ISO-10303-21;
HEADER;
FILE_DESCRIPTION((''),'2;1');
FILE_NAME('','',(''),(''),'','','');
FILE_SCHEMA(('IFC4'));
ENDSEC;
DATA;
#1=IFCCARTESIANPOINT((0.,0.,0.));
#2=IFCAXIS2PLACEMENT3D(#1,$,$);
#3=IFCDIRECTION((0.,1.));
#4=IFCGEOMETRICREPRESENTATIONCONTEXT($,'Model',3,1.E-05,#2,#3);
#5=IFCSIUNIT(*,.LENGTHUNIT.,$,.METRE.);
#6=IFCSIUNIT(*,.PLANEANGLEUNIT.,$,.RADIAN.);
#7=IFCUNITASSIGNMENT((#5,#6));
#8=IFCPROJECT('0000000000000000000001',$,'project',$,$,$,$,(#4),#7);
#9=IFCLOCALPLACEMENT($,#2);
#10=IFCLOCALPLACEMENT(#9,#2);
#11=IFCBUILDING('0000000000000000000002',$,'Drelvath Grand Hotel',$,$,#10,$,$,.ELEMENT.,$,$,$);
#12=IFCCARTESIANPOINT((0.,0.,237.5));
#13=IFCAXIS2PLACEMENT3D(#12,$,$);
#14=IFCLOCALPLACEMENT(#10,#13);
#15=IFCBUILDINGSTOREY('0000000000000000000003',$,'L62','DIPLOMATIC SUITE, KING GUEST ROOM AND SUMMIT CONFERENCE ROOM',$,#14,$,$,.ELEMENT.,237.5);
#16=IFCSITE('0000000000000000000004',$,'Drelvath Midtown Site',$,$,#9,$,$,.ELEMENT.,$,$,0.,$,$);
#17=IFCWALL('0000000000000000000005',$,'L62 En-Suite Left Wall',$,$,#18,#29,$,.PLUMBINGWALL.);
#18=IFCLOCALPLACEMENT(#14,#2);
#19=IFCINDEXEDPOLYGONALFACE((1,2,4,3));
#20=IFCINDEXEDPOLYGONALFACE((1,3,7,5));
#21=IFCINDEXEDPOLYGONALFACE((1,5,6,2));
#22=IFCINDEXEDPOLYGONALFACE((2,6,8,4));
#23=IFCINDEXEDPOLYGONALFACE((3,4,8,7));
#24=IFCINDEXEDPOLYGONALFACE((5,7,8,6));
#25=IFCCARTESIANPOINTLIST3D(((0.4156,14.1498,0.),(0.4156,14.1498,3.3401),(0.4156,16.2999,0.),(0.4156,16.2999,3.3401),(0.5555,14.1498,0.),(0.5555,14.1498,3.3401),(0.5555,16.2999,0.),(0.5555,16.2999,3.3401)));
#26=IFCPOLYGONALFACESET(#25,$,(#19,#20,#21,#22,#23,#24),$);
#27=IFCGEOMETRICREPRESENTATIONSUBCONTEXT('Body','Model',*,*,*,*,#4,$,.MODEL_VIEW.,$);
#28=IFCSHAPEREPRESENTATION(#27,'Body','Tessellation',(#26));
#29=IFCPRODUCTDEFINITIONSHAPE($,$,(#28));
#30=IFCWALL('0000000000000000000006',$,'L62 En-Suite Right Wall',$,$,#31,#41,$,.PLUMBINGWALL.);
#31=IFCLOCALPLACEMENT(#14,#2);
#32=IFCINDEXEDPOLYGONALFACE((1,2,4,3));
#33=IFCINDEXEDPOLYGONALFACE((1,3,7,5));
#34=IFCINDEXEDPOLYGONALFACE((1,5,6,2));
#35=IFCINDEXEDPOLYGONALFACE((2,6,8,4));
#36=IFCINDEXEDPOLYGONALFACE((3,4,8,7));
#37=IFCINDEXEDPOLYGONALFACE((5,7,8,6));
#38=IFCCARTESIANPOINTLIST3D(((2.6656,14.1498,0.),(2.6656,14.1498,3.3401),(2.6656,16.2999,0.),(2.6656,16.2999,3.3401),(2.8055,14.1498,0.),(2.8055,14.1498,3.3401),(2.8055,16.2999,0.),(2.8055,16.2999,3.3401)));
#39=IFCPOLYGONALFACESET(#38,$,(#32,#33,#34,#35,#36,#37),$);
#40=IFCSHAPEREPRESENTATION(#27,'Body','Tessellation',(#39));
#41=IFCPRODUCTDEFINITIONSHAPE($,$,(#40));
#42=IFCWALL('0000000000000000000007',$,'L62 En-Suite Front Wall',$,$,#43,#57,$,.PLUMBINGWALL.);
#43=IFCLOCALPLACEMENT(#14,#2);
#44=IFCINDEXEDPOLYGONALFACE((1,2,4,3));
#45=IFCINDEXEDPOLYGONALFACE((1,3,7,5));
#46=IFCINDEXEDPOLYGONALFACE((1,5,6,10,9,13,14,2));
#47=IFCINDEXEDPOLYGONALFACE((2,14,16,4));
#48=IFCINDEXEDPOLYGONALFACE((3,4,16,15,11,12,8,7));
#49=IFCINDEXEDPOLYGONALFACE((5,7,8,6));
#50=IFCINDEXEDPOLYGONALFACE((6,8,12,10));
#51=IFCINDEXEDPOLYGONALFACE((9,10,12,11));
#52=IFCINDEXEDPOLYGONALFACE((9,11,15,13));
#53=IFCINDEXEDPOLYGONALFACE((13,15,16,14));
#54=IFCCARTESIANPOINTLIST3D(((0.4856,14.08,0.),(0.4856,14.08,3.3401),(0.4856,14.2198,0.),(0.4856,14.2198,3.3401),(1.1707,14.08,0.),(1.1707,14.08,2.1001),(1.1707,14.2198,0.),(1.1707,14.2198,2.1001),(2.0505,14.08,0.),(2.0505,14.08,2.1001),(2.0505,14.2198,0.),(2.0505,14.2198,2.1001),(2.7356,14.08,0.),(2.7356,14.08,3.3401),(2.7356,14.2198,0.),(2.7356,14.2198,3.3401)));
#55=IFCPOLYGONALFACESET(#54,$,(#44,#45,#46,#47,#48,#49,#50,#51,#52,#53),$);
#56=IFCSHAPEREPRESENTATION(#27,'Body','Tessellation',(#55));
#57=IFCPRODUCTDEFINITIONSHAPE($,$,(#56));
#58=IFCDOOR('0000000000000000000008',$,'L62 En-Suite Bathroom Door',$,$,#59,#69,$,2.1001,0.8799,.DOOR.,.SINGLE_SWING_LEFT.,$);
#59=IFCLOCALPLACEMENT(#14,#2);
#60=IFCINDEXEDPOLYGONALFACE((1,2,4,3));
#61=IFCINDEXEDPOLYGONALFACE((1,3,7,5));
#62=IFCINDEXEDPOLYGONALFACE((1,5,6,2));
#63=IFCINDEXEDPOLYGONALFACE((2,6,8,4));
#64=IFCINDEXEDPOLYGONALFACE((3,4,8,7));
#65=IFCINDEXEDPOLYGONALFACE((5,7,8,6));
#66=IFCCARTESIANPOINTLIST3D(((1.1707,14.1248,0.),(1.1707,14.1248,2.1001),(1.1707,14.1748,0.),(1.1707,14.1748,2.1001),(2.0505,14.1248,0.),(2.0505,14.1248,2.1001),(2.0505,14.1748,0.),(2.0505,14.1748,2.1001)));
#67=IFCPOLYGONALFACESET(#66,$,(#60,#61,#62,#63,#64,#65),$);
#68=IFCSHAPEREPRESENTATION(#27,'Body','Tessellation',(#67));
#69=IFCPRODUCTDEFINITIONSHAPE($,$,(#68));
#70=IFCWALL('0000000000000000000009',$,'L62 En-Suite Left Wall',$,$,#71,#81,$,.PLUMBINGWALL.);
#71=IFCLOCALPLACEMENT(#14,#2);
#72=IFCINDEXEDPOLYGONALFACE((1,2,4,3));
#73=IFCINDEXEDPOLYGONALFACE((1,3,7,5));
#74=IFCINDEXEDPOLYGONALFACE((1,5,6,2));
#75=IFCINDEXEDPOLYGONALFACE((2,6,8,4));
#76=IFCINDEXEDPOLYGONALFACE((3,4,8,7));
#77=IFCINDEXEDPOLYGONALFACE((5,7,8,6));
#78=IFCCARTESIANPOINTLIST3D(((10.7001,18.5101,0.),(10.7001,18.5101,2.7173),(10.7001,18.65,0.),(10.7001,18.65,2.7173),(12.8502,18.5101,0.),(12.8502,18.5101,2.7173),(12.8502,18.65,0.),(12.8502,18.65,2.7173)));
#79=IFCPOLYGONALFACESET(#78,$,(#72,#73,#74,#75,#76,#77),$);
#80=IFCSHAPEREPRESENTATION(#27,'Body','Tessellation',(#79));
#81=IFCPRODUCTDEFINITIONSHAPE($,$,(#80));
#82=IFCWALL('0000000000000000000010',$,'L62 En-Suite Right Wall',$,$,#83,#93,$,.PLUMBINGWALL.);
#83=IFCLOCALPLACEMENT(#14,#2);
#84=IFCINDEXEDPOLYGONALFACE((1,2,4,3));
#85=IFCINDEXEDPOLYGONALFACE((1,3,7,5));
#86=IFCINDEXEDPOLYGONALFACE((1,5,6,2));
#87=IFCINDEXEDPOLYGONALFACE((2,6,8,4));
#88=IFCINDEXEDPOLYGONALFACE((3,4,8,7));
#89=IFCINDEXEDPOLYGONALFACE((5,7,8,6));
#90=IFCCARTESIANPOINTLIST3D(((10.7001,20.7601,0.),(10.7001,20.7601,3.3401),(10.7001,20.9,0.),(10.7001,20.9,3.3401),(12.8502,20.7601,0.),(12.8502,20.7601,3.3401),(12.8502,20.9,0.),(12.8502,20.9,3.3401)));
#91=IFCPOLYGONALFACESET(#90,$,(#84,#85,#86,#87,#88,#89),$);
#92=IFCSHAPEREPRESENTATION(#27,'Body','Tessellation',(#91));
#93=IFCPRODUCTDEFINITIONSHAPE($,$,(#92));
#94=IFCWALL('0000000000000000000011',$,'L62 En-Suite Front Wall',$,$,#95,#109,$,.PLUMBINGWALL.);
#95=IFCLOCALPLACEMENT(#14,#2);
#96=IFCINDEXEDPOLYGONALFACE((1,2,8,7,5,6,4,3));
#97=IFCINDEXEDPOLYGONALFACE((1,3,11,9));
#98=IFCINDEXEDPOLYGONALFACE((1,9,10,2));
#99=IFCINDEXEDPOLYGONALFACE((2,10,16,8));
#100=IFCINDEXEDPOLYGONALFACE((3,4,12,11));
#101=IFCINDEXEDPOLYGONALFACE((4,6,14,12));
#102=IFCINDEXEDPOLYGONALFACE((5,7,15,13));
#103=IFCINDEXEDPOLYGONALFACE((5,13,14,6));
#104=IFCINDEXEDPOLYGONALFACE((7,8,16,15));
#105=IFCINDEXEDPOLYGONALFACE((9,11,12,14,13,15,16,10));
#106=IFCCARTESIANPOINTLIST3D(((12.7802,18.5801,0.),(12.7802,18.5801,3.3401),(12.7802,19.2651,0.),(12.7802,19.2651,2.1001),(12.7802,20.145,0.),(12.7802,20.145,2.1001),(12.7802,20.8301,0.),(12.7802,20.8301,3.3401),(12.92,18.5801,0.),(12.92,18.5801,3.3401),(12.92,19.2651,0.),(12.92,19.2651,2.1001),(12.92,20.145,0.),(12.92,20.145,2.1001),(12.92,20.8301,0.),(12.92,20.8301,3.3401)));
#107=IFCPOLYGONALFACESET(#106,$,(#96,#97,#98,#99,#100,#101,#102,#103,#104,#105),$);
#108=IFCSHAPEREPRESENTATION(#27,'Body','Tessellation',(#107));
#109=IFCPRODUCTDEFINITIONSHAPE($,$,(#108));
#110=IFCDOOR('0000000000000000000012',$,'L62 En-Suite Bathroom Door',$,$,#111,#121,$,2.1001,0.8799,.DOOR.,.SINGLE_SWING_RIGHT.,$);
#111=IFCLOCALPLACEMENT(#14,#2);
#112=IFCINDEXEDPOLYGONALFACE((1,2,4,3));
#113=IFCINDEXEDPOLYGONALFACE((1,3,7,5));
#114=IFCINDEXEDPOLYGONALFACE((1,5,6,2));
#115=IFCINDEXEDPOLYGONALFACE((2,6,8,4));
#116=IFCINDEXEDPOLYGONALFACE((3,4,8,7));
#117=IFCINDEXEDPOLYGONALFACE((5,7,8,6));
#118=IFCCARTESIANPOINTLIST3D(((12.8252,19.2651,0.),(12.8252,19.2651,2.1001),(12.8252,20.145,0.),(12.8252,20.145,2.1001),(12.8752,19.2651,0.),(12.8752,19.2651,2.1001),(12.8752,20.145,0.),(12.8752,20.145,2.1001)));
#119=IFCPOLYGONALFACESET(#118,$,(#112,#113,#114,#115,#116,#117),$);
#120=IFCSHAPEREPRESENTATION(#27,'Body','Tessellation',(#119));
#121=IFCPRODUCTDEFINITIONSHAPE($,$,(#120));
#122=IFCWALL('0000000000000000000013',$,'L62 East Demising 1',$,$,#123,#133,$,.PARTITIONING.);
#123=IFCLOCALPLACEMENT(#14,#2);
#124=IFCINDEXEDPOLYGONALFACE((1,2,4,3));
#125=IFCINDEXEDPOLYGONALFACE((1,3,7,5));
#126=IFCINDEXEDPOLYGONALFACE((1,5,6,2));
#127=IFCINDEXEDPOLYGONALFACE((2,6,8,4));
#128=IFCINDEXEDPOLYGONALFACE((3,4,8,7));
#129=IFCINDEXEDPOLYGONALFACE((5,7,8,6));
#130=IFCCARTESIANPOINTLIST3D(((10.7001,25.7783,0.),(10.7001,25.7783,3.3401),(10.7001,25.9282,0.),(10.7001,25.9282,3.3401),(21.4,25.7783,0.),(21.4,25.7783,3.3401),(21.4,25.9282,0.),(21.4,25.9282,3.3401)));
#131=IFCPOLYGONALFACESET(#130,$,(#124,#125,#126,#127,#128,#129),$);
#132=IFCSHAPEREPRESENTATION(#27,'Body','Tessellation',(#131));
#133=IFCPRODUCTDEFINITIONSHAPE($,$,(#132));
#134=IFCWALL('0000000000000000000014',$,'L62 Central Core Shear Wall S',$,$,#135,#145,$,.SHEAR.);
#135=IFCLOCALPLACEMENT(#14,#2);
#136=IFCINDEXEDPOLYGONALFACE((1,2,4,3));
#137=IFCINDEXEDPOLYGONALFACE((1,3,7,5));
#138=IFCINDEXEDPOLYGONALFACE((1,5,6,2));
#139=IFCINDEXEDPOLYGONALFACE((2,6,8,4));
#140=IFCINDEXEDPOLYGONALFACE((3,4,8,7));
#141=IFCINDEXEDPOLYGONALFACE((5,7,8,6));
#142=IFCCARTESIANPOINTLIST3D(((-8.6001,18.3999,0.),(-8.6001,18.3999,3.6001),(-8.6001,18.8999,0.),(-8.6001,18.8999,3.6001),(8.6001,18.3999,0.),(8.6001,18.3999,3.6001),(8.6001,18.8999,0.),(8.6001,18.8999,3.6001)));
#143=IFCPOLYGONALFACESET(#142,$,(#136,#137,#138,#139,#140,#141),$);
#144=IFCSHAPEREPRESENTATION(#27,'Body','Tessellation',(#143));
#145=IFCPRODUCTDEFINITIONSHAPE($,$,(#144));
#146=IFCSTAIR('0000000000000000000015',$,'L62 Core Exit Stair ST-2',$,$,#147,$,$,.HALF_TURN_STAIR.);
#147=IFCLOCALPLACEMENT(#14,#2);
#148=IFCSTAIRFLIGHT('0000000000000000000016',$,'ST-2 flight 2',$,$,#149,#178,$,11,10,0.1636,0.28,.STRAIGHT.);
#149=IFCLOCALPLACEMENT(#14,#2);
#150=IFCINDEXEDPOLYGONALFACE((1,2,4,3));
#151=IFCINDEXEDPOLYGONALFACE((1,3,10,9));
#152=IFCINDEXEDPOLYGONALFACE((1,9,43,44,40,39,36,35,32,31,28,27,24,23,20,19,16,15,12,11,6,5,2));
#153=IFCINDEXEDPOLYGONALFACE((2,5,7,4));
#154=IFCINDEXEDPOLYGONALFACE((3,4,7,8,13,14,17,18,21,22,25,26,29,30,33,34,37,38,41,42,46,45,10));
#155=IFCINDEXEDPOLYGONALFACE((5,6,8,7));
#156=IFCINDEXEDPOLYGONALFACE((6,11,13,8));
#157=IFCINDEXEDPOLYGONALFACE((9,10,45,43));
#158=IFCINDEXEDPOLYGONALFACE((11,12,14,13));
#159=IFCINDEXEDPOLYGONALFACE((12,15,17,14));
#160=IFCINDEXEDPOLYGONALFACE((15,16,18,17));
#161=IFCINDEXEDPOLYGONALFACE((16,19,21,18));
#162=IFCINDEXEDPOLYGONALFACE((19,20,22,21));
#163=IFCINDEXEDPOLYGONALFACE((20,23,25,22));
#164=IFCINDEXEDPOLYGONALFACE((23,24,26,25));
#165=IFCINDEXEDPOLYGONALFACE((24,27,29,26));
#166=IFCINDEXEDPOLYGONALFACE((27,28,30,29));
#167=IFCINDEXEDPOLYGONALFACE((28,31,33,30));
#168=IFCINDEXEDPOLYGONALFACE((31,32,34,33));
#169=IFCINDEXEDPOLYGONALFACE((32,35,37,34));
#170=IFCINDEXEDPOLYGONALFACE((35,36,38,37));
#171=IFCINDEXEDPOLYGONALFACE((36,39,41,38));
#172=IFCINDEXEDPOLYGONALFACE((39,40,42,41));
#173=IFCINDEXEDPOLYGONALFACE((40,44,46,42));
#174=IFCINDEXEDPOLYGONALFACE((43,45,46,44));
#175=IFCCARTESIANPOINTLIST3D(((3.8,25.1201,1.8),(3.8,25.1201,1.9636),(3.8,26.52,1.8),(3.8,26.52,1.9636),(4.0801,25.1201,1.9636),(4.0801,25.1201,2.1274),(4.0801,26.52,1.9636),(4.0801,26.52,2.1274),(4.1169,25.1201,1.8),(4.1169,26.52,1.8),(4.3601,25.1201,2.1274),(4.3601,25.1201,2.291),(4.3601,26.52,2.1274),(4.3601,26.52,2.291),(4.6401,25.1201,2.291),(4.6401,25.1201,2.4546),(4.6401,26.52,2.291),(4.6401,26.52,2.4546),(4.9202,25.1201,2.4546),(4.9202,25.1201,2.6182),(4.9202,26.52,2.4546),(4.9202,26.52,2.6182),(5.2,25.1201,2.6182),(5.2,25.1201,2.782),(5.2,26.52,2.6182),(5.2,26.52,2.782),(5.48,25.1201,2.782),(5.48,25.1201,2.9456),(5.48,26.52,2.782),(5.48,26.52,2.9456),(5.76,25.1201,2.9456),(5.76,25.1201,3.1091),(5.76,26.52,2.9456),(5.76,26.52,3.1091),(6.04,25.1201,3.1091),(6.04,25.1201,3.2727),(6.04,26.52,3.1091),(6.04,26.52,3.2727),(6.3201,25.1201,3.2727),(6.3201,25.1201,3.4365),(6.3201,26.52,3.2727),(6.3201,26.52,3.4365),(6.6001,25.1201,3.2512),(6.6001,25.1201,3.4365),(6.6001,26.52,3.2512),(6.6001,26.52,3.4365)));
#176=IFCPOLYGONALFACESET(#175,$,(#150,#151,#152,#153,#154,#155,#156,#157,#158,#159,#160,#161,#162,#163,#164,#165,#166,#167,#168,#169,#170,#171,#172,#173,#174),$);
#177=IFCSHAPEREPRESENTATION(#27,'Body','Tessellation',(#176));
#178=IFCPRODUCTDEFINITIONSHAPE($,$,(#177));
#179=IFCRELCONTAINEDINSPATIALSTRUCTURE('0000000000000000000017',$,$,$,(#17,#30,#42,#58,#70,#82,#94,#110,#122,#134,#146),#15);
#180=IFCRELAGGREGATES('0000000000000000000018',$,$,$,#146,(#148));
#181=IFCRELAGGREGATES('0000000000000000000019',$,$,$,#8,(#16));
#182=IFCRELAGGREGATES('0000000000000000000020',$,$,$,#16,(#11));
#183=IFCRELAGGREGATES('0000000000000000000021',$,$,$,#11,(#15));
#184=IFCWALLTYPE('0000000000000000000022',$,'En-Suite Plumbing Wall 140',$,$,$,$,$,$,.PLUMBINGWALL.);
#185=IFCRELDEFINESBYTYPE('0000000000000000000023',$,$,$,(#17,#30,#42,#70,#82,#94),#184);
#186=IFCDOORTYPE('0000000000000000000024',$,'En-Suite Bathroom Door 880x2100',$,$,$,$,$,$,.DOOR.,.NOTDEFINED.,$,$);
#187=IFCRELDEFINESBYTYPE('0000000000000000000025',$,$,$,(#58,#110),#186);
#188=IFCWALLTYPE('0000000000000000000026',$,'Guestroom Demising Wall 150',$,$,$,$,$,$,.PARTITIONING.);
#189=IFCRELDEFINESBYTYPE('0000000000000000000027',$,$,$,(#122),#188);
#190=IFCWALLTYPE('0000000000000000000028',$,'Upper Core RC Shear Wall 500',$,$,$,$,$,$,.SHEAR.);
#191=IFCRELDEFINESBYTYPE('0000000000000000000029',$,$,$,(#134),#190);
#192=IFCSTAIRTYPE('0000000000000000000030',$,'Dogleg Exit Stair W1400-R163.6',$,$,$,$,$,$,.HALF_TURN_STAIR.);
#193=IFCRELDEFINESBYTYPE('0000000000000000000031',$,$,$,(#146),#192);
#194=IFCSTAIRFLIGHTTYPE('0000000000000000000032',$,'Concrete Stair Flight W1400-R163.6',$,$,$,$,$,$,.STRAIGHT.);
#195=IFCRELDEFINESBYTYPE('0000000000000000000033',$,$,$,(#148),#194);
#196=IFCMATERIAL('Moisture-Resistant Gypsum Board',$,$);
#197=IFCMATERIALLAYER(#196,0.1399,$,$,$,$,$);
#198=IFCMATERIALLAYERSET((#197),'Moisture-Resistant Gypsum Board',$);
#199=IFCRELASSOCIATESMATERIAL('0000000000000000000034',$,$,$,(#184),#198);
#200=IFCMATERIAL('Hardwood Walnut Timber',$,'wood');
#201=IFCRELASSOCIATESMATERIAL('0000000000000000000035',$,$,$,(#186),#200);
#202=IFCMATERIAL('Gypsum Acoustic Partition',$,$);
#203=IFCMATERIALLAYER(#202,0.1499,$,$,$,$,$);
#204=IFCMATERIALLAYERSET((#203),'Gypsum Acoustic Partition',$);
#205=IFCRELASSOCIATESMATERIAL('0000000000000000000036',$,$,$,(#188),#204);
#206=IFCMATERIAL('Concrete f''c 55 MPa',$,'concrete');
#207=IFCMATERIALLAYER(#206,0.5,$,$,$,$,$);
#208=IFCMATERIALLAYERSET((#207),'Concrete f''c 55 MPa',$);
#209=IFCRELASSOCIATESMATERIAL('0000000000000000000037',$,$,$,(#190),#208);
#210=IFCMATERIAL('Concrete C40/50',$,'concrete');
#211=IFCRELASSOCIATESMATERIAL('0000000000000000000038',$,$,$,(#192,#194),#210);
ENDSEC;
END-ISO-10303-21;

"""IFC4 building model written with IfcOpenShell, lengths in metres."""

from ifc_helpers import new_model, si_unit, direction, frame, frame_2d, origin, place, context, subcontext, project, spatial, polyline, rectangle, outline, extrude, material, layer, layer_set, type_object, element, fill, aggregate, save


model = new_model("IFC4")

# Units and contexts
model_context = context("Model", 3, precision=1e-05, world=origin(), true_north=direction((0.0, 1.0)))
body_context = subcontext(model_context, "Body", "Model", "MODEL_VIEW")
ifc_project = project(units=[si_unit("LENGTHUNIT", "METRE"), si_unit("PLANEANGLEUNIT", "RADIAN")], contexts=[model_context])

# Site, building, storey
site_placement = place(None, origin())
site = spatial("IfcSite", under=ifc_project, at=site_placement, Name="Drelvath Midtown Site", CompositionType="ELEMENT", RefElevation=0.0)
building_placement = place(site_placement, origin())
building = spatial("IfcBuilding", under=site, at=building_placement, Name="Drelvath Grand Hotel", CompositionType="ELEMENT")
storey_placement = place(building_placement, frame((0.0, 0.0, 237.5)))
storey = spatial("IfcBuildingStorey", under=building, at=storey_placement, Name="L62", Description="DIPLOMATIC SUITE, KING GUEST ROOM AND SUMMIT CONFERENCE ROOM", CompositionType="ELEMENT", Elevation=237.5)

# Shared definitions
ifc_material_1 = material(Name="Concrete f'c 55 MPa", Category="concrete")

# Shared definitions
ifc_material_2 = material(Name="Concrete C40/50", Category="concrete")

# Shared definitions
ifc_material_3 = material(Name="Hardwood Walnut Timber", Category="wood")

# Walls
ifc_material_4 = material(Name="Moisture-Resistant Gypsum Board")
ifc_layer_1 = layer(ifc_material_4, 0.1399)
ifc_layer_set_1 = layer_set([ifc_layer_1], Name="Moisture-Resistant Gypsum Board")
wall_type_1 = type_object("IfcWallType", Name="En-Suite Plumbing Wall 140", PredefinedType="PLUMBINGWALL", material=ifc_layer_set_1)
for number, where, z_axis, x_axis, name in (
    (1, (0.4856, 16.3, 0.0), (0.0, 0.0, 1.0), (0.0, -1.0, 0.0), "L62 En-Suite Left Wall"),
    (2, (2.7356, 16.3, 0.0), (0.0, 0.0, 1.0), (0.0, -1.0, 0.0), "L62 En-Suite Right Wall"),
):
    element("IfcWall", number, at=place(storey_placement, frame(where, z_axis=z_axis, x_axis=x_axis)), inside=storey, type_object=wall_type_1, Name=name, PredefinedType="PLUMBINGWALL", context=body_context, shape_type="SweptSolid", body=[
        extrude(rectangle(XDim=2.1501, YDim=0.1399, at=frame_2d((1.0752, 0.0))), origin(), (0.0, 0.0, 1.0), 3.3401),
    ])

# Wall, opening, door
wall_1_placement = place(storey_placement, frame((0.4856, 14.1499, 0.0), z_axis=(0.0, 0.0, 1.0), x_axis=(1.0, 0.0, 0.0)))
wall_1 = element("IfcWall", 3, at=wall_1_placement, inside=storey, type_object=wall_type_1, Name="L62 En-Suite Front Wall", PredefinedType="PLUMBINGWALL", context=body_context, shape_type="SweptSolid", body=[
    extrude(rectangle(XDim=2.25, YDim=0.1399, at=frame_2d((1.125, 0.0))), origin(), (0.0, 0.0, 1.0), 3.3401),
])
opening_1_placement = place(wall_1_placement, frame((0.6851, 0.0, 0.0)))
opening_1 = element("IfcOpeningElement", 4, at=opening_1_placement, cuts=wall_1, PredefinedType="OPENING", context=body_context, shape_type="SweptSolid", body=[
    extrude(rectangle(XDim=0.8799, YDim=2.1001, at=frame_2d((0.4399, 1.05))), frame((0.0, 0.0798, 0.0), z_axis=(0.0, -1.0, 0.0), x_axis=(1.0, 0.0, 0.0)), (0.0, 0.0, 1.0), 0.1599),
])
door_type_1 = type_object("IfcDoorType", Name="En-Suite Bathroom Door 880x2100", OperationType="NOTDEFINED", PredefinedType="DOOR", material=ifc_material_3)
door_1_placement = place(opening_1_placement, origin())
door_1 = element("IfcDoor", 5, at=door_1_placement, inside=storey, type_object=door_type_1, Name="L62 En-Suite Bathroom Door", OperationType="SINGLE_SWING_LEFT", OverallHeight=2.1001, OverallWidth=0.8799, PredefinedType="DOOR", context=body_context, shape_type="SweptSolid", body=[
    extrude(rectangle(XDim=0.8799, YDim=2.1001, at=frame_2d((0.4399, 1.05))), frame((0.0, 0.0249, 0.0), z_axis=(0.0, -1.0, 0.0), x_axis=(1.0, 0.0, 0.0)), (0.0, 0.0, 1.0), 0.05),
])
fill(opening_1, door_1)

# Walls
wall_2_placement = place(storey_placement, frame((10.7, 18.5801, 0.0), z_axis=(0.0, 0.0, 1.0), x_axis=(1.0, 0.0, 0.0)))
element("IfcWall", 6, at=wall_2_placement, inside=storey, type_object=wall_type_1, Name="L62 En-Suite Left Wall", PredefinedType="PLUMBINGWALL", context=body_context, shape_type="SweptSolid", body=[
    extrude(rectangle(XDim=2.1501, YDim=0.1399, at=frame_2d((1.0752, 0.0))), origin(), (0.0, 0.0, 1.0), 2.7173),
])
wall_3_placement = place(storey_placement, frame((10.7, 20.8301, 0.0), z_axis=(0.0, 0.0, 1.0), x_axis=(1.0, 0.0, 0.0)))
element("IfcWall", 7, at=wall_3_placement, inside=storey, type_object=wall_type_1, Name="L62 En-Suite Right Wall", PredefinedType="PLUMBINGWALL", context=body_context, shape_type="SweptSolid", body=[
    extrude(rectangle(XDim=2.1501, YDim=0.1399, at=frame_2d((1.0752, 0.0))), origin(), (0.0, 0.0, 1.0), 3.3401),
])

# Wall, opening, door
wall_4_placement = place(storey_placement, frame((12.8501, 18.5801, 0.0), z_axis=(0.0, 0.0, 1.0), x_axis=(0.0, 1.0, 0.0)))
wall_4 = element("IfcWall", 8, at=wall_4_placement, inside=storey, type_object=wall_type_1, Name="L62 En-Suite Front Wall", PredefinedType="PLUMBINGWALL", context=body_context, shape_type="SweptSolid", body=[
    extrude(rectangle(XDim=2.25, YDim=0.1399, at=frame_2d((1.125, 0.0))), origin(), (0.0, 0.0, 1.0), 3.3401),
])
opening_2_placement = place(wall_4_placement, frame((0.6851, 0.0, 0.0)))
opening_2 = element("IfcOpeningElement", 9, at=opening_2_placement, cuts=wall_4, PredefinedType="OPENING", context=body_context, shape_type="SweptSolid", body=[
    extrude(rectangle(XDim=0.8799, YDim=2.1001, at=frame_2d((0.4399, 1.05))), frame((0.0, 0.0798, 0.0), z_axis=(0.0, -1.0, 0.0), x_axis=(1.0, 0.0, 0.0)), (0.0, 0.0, 1.0), 0.1599),
])
door_2_placement = place(opening_2_placement, origin())
door_2 = element("IfcDoor", 10, at=door_2_placement, inside=storey, type_object=door_type_1, Name="L62 En-Suite Bathroom Door", OperationType="SINGLE_SWING_RIGHT", OverallHeight=2.1001, OverallWidth=0.8799, PredefinedType="DOOR", context=body_context, shape_type="SweptSolid", body=[
    extrude(rectangle(XDim=0.8799, YDim=2.1001, at=frame_2d((0.4399, 1.05))), frame((0.0, 0.0249, 0.0), z_axis=(0.0, -1.0, 0.0), x_axis=(1.0, 0.0, 0.0)), (0.0, 0.0, 1.0), 0.05),
])
fill(opening_2, door_2)

# Walls
ifc_material_5 = material(Name="Gypsum Acoustic Partition")
ifc_layer_2 = layer(ifc_material_5, 0.1499)
ifc_layer_set_2 = layer_set([ifc_layer_2], Name="Gypsum Acoustic Partition")
wall_type_2 = type_object("IfcWallType", Name="Guestroom Demising Wall 150", PredefinedType="PARTITIONING", material=ifc_layer_set_2)
wall_5_placement = place(storey_placement, frame((10.7, 25.8533, 0.0), z_axis=(0.0, 0.0, 1.0), x_axis=(1.0, 0.0, 0.0)))
element("IfcWall", 11, at=wall_5_placement, inside=storey, type_object=wall_type_2, Name="L62 East Demising 1", PredefinedType="PARTITIONING", context=body_context, shape_type="SweptSolid", body=[
    extrude(rectangle(XDim=10.7, YDim=0.1499, at=frame_2d((5.3501, 0.0))), origin(), (0.0, 0.0, 1.0), 3.3401),
])
ifc_layer_3 = layer(ifc_material_1, 0.5)
ifc_layer_set_3 = layer_set([ifc_layer_3], Name="Concrete f'c 55 MPa")
wall_type_3 = type_object("IfcWallType", Name="Upper Core RC Shear Wall 500", PredefinedType="SHEAR", material=ifc_layer_set_3)
wall_6_placement = place(storey_placement, frame((8.6001, 18.6499, 0.0), z_axis=(0.0, 0.0, 1.0), x_axis=(-1.0, 0.0, 0.0)))
element("IfcWall", 12, at=wall_6_placement, inside=storey, type_object=wall_type_3, Name="L62 Central Core Shear Wall S", PredefinedType="SHEAR", context=body_context, shape_type="SweptSolid", body=[
    extrude(rectangle(XDim=17.2002, YDim=0.5, at=frame_2d((8.6001, 0.0))), origin(), (0.0, 0.0, 1.0), 3.6001),
])

# Stair, stair flight
stair_type = type_object("IfcStairType", Name="Dogleg Exit Stair W1400-R163.6", PredefinedType="HALF_TURN_STAIR", material=ifc_material_2)
stair_placement = place(storey_placement, origin())
stair = element("IfcStair", 13, at=stair_placement, inside=storey, type_object=stair_type, Name="L62 Core Exit Stair ST-2", PredefinedType="HALF_TURN_STAIR")
stair_flight_type = type_object("IfcStairFlightType", Name="Concrete Stair Flight W1400-R163.6", PredefinedType="STRAIGHT", material=ifc_material_2)
stair_flight_placement = place(storey_placement, frame((3.8, 25.8201, 1.8), z_axis=(0.0, 0.0, 1.0), x_axis=(1.0, 0.0, 0.0)))
stair_flight = element("IfcStairFlight", 14, at=stair_flight_placement, type_object=stair_flight_type, Name="ST-2 flight 2", NumberOfRisers=11, NumberOfTreads=10, PredefinedType="STRAIGHT", RiserHeight=0.1636, TreadLength=0.28, context=body_context, shape_type="SweptSolid", body=[
    extrude(outline(polyline([(0.0, 0.0), (0.0, 0.1636), (0.28, 0.1636), (0.28, 0.3274), (0.5601, 0.3274), (0.5601, 0.491), (0.8401, 0.491), (0.8401, 0.6545), (1.1201, 0.6545), (1.1201, 0.8181), (1.3999, 0.8181), (1.3999, 0.9819), (1.6799, 0.9819), (1.6799, 1.1455), (1.96, 1.1455), (1.96, 1.3091), (2.24, 1.3091), (2.24, 1.4727), (2.52, 1.4727), (2.52, 1.6365), (2.8, 1.6365), (2.8, 1.8), (2.8, 1.4512), (0.3169, 0.0), (0.0, 0.0)])), frame((0.0, 0.7, 0.0), z_axis=(0.0, -1.0, 0.0), x_axis=(1.0, 0.0, 0.0)), (0.0, 0.0, 1.0), 1.3999),
])
aggregate(stair, [stair_flight])

save(model, "model.ifc")
